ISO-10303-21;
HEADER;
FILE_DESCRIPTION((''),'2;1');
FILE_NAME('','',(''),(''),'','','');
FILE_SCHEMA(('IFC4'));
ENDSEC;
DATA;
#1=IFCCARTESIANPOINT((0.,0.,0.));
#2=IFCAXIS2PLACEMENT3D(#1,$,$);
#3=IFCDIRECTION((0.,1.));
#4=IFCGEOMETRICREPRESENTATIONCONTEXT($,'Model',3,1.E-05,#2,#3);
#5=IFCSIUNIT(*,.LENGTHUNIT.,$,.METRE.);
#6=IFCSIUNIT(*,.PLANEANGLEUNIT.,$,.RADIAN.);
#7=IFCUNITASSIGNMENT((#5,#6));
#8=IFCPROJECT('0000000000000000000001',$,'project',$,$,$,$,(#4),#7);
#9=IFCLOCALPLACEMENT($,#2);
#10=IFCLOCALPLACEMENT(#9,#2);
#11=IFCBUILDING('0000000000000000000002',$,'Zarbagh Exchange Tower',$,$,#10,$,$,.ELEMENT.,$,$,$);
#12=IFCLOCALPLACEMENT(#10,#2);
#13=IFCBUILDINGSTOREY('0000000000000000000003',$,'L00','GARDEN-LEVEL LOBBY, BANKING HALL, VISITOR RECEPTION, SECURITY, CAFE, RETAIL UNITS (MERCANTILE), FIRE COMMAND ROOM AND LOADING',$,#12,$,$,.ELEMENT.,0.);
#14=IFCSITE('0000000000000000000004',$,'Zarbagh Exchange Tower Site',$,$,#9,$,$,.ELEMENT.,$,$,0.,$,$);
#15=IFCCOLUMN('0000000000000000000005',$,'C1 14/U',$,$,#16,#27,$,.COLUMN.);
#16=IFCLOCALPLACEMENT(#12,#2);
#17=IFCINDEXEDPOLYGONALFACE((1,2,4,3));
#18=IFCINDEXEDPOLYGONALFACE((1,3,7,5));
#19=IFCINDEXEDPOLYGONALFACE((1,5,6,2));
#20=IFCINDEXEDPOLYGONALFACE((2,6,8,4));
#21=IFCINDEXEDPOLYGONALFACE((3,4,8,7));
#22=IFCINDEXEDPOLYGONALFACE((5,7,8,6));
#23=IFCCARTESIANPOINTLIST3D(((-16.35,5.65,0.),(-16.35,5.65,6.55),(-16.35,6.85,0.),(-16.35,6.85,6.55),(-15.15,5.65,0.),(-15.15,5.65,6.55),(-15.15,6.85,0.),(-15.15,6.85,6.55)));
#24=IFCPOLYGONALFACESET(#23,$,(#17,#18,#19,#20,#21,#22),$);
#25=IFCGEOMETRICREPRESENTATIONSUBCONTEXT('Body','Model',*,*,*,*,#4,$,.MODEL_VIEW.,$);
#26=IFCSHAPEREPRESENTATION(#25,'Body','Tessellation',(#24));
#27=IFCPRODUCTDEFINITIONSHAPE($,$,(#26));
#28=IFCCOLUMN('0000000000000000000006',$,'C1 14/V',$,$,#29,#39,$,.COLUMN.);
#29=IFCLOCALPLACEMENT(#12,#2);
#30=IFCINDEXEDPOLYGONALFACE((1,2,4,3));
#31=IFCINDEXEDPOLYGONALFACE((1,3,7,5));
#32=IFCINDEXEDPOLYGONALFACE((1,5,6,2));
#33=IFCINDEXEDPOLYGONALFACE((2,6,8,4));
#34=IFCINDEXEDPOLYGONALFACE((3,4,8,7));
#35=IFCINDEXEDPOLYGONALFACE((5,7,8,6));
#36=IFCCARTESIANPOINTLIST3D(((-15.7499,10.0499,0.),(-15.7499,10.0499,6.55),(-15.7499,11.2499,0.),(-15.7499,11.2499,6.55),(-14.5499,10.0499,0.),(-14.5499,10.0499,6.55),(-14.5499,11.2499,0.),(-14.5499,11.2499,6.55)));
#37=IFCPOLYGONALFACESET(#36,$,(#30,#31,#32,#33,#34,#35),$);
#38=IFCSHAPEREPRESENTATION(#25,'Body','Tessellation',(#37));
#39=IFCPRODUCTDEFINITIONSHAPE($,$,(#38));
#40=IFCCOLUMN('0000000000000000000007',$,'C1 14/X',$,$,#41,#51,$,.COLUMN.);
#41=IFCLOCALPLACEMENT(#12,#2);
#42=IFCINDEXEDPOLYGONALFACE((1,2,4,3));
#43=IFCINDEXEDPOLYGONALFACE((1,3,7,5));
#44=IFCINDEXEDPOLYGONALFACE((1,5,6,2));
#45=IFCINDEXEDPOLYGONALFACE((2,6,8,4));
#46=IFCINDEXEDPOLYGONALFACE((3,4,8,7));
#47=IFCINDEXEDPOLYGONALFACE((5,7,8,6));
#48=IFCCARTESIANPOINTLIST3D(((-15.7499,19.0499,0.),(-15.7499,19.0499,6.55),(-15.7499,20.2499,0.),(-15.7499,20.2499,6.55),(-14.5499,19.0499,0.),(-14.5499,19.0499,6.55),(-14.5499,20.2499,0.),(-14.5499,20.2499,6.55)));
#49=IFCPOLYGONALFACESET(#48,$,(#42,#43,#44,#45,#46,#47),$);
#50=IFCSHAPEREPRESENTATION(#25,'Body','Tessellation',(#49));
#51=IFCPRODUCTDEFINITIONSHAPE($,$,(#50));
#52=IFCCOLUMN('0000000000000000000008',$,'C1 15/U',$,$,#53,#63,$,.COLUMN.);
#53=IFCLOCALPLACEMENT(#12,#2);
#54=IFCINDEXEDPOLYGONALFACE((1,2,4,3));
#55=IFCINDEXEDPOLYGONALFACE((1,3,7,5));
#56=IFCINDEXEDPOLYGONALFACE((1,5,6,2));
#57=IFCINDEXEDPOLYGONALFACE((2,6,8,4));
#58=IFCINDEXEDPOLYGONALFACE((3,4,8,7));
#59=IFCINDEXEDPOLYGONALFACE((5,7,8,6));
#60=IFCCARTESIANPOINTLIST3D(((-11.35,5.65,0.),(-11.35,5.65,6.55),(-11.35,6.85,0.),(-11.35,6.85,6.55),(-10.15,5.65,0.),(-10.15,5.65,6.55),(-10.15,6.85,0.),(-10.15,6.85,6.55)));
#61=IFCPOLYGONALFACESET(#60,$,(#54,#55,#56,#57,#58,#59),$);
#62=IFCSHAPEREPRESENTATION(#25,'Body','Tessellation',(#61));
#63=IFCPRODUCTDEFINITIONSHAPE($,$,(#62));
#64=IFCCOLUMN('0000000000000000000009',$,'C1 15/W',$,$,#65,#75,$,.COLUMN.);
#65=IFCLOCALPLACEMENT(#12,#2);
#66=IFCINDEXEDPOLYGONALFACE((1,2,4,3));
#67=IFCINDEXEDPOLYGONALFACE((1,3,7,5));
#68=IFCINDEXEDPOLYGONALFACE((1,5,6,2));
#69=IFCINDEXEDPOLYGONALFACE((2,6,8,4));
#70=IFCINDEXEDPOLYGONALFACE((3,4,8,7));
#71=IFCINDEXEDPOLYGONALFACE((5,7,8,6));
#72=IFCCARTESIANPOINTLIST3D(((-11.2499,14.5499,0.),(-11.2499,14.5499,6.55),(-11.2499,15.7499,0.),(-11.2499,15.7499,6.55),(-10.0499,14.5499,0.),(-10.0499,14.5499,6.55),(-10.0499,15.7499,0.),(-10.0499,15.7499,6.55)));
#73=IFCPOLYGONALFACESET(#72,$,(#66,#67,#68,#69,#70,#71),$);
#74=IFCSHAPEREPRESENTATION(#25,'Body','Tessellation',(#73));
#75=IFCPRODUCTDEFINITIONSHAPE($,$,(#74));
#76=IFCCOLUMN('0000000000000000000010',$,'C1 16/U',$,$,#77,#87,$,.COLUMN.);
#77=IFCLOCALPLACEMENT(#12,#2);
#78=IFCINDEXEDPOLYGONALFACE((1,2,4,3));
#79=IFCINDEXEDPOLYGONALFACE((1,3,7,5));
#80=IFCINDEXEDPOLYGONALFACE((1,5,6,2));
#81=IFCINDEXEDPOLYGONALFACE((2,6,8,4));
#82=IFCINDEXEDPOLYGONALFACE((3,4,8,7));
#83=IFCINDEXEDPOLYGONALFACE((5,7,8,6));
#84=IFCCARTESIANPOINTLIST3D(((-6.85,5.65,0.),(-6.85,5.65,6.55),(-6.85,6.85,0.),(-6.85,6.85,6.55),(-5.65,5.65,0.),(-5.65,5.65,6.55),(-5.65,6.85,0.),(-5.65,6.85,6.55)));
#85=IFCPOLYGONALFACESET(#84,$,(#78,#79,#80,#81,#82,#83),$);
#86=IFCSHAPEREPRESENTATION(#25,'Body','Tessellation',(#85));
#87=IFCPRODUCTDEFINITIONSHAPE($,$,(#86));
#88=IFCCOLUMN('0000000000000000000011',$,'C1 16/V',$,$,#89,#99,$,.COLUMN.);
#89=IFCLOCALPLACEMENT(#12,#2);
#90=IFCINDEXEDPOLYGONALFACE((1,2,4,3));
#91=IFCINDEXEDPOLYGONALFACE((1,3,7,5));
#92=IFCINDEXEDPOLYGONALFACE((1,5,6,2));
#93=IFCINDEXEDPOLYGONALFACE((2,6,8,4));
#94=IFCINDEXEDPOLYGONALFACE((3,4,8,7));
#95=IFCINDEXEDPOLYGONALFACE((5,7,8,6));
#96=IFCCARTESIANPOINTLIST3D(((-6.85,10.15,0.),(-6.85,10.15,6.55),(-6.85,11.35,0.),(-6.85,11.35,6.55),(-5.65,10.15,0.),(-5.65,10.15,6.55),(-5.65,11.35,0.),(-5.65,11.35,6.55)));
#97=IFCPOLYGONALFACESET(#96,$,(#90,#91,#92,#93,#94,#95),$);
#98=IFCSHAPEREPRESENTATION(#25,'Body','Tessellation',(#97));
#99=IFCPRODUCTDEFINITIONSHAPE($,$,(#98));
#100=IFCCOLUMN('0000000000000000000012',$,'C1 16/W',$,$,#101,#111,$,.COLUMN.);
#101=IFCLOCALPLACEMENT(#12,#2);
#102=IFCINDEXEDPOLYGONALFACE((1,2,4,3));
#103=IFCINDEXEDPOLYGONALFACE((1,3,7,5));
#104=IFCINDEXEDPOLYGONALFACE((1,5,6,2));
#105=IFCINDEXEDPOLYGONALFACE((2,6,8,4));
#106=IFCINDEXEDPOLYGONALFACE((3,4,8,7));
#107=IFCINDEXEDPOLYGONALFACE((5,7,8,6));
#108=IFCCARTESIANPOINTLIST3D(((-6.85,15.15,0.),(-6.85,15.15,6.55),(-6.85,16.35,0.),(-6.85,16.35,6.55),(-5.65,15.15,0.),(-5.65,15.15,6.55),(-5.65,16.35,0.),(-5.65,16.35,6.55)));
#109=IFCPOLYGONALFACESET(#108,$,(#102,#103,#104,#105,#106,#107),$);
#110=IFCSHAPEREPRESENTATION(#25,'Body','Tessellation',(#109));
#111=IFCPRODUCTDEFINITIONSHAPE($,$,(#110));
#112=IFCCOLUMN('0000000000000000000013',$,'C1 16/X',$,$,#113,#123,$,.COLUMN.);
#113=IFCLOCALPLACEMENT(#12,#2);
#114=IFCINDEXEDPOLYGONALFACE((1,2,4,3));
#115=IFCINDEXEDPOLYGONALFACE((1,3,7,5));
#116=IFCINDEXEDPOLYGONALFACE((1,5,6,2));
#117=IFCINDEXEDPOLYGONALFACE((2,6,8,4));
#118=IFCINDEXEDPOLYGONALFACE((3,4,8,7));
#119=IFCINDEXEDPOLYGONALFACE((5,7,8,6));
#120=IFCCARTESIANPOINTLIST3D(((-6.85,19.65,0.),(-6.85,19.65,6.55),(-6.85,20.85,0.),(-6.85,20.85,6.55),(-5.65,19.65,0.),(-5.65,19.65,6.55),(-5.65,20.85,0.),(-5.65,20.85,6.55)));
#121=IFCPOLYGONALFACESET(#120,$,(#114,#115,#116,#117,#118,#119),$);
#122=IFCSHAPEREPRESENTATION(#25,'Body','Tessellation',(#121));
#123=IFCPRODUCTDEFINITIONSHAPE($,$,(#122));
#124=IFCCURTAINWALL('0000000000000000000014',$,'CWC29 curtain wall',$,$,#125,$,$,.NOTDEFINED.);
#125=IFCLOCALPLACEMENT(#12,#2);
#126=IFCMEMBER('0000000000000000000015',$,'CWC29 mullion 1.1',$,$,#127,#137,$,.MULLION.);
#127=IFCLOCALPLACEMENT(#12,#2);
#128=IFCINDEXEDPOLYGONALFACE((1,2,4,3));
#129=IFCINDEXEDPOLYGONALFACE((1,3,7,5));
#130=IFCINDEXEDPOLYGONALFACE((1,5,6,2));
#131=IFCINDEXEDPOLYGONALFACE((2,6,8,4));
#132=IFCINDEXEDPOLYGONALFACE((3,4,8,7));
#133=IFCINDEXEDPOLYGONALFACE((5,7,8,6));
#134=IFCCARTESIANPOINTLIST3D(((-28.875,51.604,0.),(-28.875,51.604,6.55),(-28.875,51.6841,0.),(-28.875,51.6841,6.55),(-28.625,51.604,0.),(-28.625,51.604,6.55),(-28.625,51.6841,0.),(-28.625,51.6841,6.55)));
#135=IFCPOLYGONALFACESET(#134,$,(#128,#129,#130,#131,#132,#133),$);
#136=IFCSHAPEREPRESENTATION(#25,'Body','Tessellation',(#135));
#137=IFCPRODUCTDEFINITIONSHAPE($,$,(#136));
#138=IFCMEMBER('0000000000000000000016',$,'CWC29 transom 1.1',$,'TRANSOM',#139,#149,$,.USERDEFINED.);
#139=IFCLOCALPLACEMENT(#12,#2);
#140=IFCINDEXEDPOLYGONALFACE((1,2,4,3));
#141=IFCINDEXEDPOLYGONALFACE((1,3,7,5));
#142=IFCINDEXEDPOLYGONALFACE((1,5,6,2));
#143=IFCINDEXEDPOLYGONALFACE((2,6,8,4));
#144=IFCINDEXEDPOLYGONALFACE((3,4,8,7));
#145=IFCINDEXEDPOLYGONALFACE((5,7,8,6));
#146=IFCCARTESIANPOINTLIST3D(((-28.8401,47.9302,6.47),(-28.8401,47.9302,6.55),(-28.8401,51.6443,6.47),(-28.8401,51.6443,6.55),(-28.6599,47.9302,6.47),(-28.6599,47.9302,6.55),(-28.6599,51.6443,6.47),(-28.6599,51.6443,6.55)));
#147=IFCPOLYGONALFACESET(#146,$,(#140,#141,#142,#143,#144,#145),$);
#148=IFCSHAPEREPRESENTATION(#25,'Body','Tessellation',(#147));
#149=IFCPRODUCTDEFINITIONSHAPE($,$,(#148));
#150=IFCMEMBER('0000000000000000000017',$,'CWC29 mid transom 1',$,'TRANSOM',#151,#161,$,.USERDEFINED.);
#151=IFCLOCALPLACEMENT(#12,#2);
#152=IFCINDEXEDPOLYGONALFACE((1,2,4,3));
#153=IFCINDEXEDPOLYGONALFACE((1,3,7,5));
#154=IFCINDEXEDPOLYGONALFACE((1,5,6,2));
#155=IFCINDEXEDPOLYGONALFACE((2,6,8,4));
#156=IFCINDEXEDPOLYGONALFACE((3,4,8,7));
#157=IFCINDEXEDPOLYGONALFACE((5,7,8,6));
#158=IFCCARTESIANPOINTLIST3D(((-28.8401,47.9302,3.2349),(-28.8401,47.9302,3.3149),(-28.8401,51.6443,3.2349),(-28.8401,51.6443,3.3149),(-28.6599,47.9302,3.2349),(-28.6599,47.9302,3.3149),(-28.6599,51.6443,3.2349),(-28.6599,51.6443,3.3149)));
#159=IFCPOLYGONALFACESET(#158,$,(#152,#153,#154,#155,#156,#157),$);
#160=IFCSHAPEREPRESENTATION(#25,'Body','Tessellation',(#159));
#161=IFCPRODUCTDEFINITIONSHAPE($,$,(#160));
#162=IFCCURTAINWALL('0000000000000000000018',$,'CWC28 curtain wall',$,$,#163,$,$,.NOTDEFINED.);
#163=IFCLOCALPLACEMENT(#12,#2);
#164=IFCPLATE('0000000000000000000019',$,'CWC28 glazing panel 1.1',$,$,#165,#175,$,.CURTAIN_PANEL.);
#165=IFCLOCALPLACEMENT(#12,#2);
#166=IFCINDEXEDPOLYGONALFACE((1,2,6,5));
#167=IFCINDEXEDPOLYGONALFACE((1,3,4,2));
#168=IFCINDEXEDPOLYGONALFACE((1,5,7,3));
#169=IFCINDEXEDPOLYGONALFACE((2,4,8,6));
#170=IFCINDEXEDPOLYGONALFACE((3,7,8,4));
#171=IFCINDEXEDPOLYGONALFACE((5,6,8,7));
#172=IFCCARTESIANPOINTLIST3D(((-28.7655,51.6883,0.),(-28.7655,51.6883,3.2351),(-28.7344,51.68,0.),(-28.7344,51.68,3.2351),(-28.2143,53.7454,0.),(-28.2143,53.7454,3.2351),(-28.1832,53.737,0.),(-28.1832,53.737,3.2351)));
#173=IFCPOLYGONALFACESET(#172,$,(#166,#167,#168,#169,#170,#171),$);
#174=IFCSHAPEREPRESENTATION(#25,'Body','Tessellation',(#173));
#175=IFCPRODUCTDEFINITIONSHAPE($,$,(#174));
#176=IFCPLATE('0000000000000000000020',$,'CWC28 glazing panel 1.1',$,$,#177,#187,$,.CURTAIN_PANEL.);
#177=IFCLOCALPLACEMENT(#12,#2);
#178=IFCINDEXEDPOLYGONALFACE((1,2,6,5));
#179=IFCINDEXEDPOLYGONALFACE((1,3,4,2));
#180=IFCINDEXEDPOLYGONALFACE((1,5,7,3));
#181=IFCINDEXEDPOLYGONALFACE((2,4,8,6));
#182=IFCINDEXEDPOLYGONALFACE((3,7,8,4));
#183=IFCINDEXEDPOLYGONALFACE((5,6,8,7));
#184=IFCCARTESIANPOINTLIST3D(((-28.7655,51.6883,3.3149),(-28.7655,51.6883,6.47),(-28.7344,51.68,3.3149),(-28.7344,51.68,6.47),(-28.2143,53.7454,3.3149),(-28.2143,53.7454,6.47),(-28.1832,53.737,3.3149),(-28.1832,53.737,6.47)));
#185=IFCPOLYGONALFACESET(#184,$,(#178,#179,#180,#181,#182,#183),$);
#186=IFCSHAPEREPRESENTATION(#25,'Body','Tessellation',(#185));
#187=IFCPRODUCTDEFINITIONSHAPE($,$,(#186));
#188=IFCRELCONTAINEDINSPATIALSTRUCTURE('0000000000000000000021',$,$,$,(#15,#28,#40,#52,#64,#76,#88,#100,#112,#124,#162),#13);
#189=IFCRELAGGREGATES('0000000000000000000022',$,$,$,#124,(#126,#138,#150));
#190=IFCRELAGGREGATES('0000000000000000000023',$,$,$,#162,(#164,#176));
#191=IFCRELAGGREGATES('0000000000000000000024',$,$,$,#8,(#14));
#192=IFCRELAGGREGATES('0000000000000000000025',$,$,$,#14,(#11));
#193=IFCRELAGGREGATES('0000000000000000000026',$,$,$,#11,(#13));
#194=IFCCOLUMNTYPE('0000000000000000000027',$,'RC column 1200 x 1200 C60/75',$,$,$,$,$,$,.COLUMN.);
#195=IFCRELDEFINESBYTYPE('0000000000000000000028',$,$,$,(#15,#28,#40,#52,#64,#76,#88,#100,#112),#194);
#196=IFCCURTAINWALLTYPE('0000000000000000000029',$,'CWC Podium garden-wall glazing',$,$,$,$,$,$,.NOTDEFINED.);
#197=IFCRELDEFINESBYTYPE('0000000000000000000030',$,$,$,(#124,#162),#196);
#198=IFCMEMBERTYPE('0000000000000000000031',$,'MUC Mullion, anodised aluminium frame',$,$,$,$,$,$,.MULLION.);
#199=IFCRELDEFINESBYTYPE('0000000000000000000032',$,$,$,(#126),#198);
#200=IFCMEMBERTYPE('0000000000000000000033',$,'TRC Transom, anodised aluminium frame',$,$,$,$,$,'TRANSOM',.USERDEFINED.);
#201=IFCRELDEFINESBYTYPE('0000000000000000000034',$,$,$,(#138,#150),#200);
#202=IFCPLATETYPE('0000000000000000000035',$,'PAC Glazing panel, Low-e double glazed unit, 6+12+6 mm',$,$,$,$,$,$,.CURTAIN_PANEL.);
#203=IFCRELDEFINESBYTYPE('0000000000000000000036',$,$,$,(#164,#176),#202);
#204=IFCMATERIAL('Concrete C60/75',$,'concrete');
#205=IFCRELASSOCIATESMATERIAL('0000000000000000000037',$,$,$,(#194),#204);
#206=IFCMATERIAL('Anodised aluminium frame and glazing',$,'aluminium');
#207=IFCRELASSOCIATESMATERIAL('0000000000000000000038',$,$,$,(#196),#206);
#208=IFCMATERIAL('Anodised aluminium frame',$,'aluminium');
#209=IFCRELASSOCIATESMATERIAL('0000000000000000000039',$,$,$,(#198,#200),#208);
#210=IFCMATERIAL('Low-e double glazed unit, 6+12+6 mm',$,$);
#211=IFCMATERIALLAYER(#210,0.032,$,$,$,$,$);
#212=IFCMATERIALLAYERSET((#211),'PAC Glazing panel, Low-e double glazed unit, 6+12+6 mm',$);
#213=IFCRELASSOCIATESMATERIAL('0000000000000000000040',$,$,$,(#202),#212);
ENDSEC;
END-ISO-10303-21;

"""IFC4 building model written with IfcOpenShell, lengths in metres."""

from ifc_helpers import new_model, si_unit, direction, frame, origin, origin_2d, place, context, subcontext, project, spatial, polyline, rectangle, outline, extrude, source, transform, mapped, material, layer, layer_set, material_profile, profile_set, type_object, element, aggregate, save


model = new_model("IFC4")

# Units and contexts
model_context = context("Model", 3, precision=1e-05, world=origin(), true_north=direction((0.0, 1.0)))
body_context = subcontext(model_context, "Body", "Model", "MODEL_VIEW")
ifc_project = project(units=[si_unit("LENGTHUNIT", "METRE"), si_unit("PLANEANGLEUNIT", "RADIAN")], contexts=[model_context])

# Site, building, storey
site_placement = place(None, origin())
site = spatial("IfcSite", under=ifc_project, at=site_placement, Name="Zarbagh Exchange Tower Site", CompositionType="ELEMENT", RefElevation=0.0)
building_placement = place(site_placement, origin())
building = spatial("IfcBuilding", under=site, at=building_placement, Name="Zarbagh Exchange Tower", CompositionType="ELEMENT")
storey_placement = place(building_placement, origin())
storey = spatial("IfcBuildingStorey", under=building, at=storey_placement, Name="L00", Description="GARDEN-LEVEL LOBBY, BANKING HALL, VISITOR RECEPTION, SECURITY, CAFE, RETAIL UNITS (MERCANTILE), FIRE COMMAND ROOM AND LOADING", CompositionType="ELEMENT", Elevation=0.0)

# Columns
ifc_material_1 = material(Name="Concrete C60/75", Category="concrete")
ifc_material_profile = material_profile(ifc_material_1, rectangle(XDim=1.2, YDim=1.2, at=origin_2d()), Name="RC column 1200 x 1200 C60/75")
ifc_profile_set = profile_set([ifc_material_profile], Name="Concrete C60/75")
column_type = type_object("IfcColumnType", Name="RC column 1200 x 1200 C60/75", PredefinedType="COLUMN", material=ifc_profile_set)
for number, where, z_axis, x_axis, name in (
    (1, (-15.75, 6.25, 0.0), (0.0, 0.0, 1.0), (1.0, 0.0, 0.0), "C1 14/U"),
    (2, (-15.1499, 10.6499, 0.0), (0.0, 0.0, 1.0), (1.0, 0.0, 0.0), "C1 14/V"),
    (3, (-15.1499, 19.6499, 0.0), (0.0, 0.0, 1.0), (1.0, 0.0, 0.0), "C1 14/X"),
    (4, (-10.75, 6.25, 0.0), (0.0, 0.0, 1.0), (1.0, 0.0, 0.0), "C1 15/U"),
    (5, (-10.6499, 15.1499, 0.0), (0.0, 0.0, 1.0), (1.0, 0.0, 0.0), "C1 15/W"),
    (6, (-6.25, 6.25, 0.0), (0.0, 0.0, 1.0), (1.0, 0.0, 0.0), "C1 16/U"),
    (7, (-6.25, 10.75, 0.0), (0.0, 0.0, 1.0), (1.0, 0.0, 0.0), "C1 16/V"),
    (8, (-6.25, 15.75, 0.0), (0.0, 0.0, 1.0), (1.0, 0.0, 0.0), "C1 16/W"),
    (9, (-6.25, 20.25, 0.0), (0.0, 0.0, 1.0), (1.0, 0.0, 0.0), "C1 16/X"),
):
    element("IfcColumn", number, at=place(storey_placement, frame(where, z_axis=z_axis, x_axis=x_axis)), inside=storey, type_object=column_type, Name=name, PredefinedType="COLUMN", context=body_context, shape_type="SweptSolid", body=[
        extrude(rectangle(XDim=1.2, YDim=1.2, at=origin_2d()), origin(), (0.0, 0.0, 1.0), 6.55),
    ])

# Curtain wall, members
ifc_material_2 = material(Name="Anodised aluminium frame and glazing", Category="aluminium")
curtain_wall_type = type_object("IfcCurtainWallType", Name="CWC Podium garden-wall glazing", PredefinedType="NOTDEFINED", material=ifc_material_2)
curtain_wall_1_placement = place(storey_placement, origin())
curtain_wall_1 = element("IfcCurtainWall", 10, at=curtain_wall_1_placement, inside=storey, type_object=curtain_wall_type, Name="CWC29 curtain wall", PredefinedType="NOTDEFINED")
ifc_material_3 = material(Name="Anodised aluminium frame", Category="aluminium")
member_type_1 = type_object("IfcMemberType", Name="MUC Mullion, anodised aluminium frame", PredefinedType="MULLION", material=ifc_material_3)
shared_shape_1 = source(origin(), body_context, "Body", "SweptSolid", [
    extrude(outline(polyline([(0.0, -0.125), (0.0801, -0.125), (0.0801, 0.125), (0.0, 0.125), (0.0, -0.125)])), origin(), (0.0, 0.0, 1.0), 6.55),
])
placement = place(storey_placement, origin())
member_1 = element("IfcMember", 11, at=placement, type_object=member_type_1, Name="CWC29 mullion 1.1", PredefinedType="MULLION", context=body_context, shape_type="MappedRepresentation", body=[
    mapped(shared_shape_1, transform((-28.75, 51.6841, 0.0), x_axis=(0.0, -1.0, 0.0), y_axis=(1.0, 0.0, 0.0), z_axis=(0.0, 0.0, 1.0))),
])
member_type_2 = type_object("IfcMemberType", Name="TRC Transom, anodised aluminium frame", ElementType="TRANSOM", PredefinedType="USERDEFINED", material=ifc_material_3)
shared_shape_2 = source(origin(), body_context, "Body", "SweptSolid", [
    extrude(outline(polyline([(-0.0801, -0.0901), (0.0, -0.0901), (0.0, 0.0901), (-0.0801, 0.0901), (-0.0801, -0.0901)])), origin(), (0.0, 0.0, 1.0), 3.7141),
])
member_2 = element("IfcMember", 12, at=placement, type_object=member_type_2, Name="CWC29 transom 1.1", ObjectType="TRANSOM", PredefinedType="USERDEFINED", context=body_context, shape_type="MappedRepresentation", body=[
    mapped(shared_shape_2, transform((-28.75, 51.6443, 6.55), x_axis=(0.0, 0.0, 1.0), y_axis=(-1.0, 0.0, 0.0), z_axis=(0.0, -1.0, 0.0))),
])
shared_shape_3 = source(origin(), body_context, "Body", "SweptSolid", [
    extrude(outline(polyline([(-0.04, -0.0901), (0.04, -0.0901), (0.04, 0.0901), (-0.04, 0.0901), (-0.04, -0.0901)])), origin(), (0.0, 0.0, 1.0), 3.7141),
])
member_3 = element("IfcMember", 13, at=placement, type_object=member_type_2, Name="CWC29 mid transom 1", ObjectType="TRANSOM", PredefinedType="USERDEFINED", context=body_context, shape_type="MappedRepresentation", body=[
    mapped(shared_shape_3, transform((-28.75, 51.6443, 3.2749), x_axis=(0.0, 0.0, 1.0), y_axis=(-1.0, 0.0, 0.0), z_axis=(0.0, -1.0, 0.0))),
])
aggregate(curtain_wall_1, [member_1, member_2, member_3])

# Curtain wall, plates
curtain_wall_2_placement = place(storey_placement, origin())
curtain_wall_2 = element("IfcCurtainWall", 14, at=curtain_wall_2_placement, inside=storey, type_object=curtain_wall_type, Name="CWC28 curtain wall", PredefinedType="NOTDEFINED")
ifc_material_4 = material(Name="Low-e double glazed unit, 6+12+6 mm")
ifc_layer_1 = layer(ifc_material_4, 0.032)
ifc_layer_set_1 = layer_set([ifc_layer_1], Name="PAC Glazing panel, Low-e double glazed unit, 6+12+6 mm")
plate_type = type_object("IfcPlateType", Name="PAC Glazing panel, Low-e double glazed unit, 6+12+6 mm", PredefinedType="CURTAIN_PANEL", material=ifc_layer_set_1)
shared_shape_4 = source(origin(), body_context, "Body", "SweptSolid", [
    extrude(outline(polyline([(0.0, -0.0161), (2.1296, -0.0161), (2.1296, 0.0161), (0.0, 0.0161), (0.0, -0.0161)])), origin(), (0.0, 0.0, 1.0), 3.2351),
])
plate_1 = element("IfcPlate", 15, at=placement, type_object=plate_type, Name="CWC28 glazing panel 1.1", PredefinedType="CURTAIN_PANEL", context=body_context, shape_type="MappedRepresentation", body=[
    mapped(shared_shape_4, transform((-28.1987, 53.7412, 0.0), x_axis=(-0.258825, -0.965924, 0.0), y_axis=(0.965924, -0.258825, 0.0), z_axis=(0.0, 0.0, 1.0))),
])
shared_shape_5 = source(origin(), body_context, "Body", "SweptSolid", [
    extrude(outline(polyline([(0.0, -0.0161), (2.1296, -0.0161), (2.1296, 0.0161), (0.0, 0.0161), (0.0, -0.0161)])), origin(), (0.0, 0.0, 1.0), 3.155),
])
plate_2 = element("IfcPlate", 16, at=placement, type_object=plate_type, Name="CWC28 glazing panel 1.1", PredefinedType="CURTAIN_PANEL", context=body_context, shape_type="MappedRepresentation", body=[
    mapped(shared_shape_5, transform((-28.1987, 53.7412, 3.3149), x_axis=(-0.258825, -0.965924, 0.0), y_axis=(0.965924, -0.258825, 0.0), z_axis=(0.0, 0.0, 1.0))),
])
aggregate(curtain_wall_2, [plate_1, plate_2])

save(model, "model.ifc")
